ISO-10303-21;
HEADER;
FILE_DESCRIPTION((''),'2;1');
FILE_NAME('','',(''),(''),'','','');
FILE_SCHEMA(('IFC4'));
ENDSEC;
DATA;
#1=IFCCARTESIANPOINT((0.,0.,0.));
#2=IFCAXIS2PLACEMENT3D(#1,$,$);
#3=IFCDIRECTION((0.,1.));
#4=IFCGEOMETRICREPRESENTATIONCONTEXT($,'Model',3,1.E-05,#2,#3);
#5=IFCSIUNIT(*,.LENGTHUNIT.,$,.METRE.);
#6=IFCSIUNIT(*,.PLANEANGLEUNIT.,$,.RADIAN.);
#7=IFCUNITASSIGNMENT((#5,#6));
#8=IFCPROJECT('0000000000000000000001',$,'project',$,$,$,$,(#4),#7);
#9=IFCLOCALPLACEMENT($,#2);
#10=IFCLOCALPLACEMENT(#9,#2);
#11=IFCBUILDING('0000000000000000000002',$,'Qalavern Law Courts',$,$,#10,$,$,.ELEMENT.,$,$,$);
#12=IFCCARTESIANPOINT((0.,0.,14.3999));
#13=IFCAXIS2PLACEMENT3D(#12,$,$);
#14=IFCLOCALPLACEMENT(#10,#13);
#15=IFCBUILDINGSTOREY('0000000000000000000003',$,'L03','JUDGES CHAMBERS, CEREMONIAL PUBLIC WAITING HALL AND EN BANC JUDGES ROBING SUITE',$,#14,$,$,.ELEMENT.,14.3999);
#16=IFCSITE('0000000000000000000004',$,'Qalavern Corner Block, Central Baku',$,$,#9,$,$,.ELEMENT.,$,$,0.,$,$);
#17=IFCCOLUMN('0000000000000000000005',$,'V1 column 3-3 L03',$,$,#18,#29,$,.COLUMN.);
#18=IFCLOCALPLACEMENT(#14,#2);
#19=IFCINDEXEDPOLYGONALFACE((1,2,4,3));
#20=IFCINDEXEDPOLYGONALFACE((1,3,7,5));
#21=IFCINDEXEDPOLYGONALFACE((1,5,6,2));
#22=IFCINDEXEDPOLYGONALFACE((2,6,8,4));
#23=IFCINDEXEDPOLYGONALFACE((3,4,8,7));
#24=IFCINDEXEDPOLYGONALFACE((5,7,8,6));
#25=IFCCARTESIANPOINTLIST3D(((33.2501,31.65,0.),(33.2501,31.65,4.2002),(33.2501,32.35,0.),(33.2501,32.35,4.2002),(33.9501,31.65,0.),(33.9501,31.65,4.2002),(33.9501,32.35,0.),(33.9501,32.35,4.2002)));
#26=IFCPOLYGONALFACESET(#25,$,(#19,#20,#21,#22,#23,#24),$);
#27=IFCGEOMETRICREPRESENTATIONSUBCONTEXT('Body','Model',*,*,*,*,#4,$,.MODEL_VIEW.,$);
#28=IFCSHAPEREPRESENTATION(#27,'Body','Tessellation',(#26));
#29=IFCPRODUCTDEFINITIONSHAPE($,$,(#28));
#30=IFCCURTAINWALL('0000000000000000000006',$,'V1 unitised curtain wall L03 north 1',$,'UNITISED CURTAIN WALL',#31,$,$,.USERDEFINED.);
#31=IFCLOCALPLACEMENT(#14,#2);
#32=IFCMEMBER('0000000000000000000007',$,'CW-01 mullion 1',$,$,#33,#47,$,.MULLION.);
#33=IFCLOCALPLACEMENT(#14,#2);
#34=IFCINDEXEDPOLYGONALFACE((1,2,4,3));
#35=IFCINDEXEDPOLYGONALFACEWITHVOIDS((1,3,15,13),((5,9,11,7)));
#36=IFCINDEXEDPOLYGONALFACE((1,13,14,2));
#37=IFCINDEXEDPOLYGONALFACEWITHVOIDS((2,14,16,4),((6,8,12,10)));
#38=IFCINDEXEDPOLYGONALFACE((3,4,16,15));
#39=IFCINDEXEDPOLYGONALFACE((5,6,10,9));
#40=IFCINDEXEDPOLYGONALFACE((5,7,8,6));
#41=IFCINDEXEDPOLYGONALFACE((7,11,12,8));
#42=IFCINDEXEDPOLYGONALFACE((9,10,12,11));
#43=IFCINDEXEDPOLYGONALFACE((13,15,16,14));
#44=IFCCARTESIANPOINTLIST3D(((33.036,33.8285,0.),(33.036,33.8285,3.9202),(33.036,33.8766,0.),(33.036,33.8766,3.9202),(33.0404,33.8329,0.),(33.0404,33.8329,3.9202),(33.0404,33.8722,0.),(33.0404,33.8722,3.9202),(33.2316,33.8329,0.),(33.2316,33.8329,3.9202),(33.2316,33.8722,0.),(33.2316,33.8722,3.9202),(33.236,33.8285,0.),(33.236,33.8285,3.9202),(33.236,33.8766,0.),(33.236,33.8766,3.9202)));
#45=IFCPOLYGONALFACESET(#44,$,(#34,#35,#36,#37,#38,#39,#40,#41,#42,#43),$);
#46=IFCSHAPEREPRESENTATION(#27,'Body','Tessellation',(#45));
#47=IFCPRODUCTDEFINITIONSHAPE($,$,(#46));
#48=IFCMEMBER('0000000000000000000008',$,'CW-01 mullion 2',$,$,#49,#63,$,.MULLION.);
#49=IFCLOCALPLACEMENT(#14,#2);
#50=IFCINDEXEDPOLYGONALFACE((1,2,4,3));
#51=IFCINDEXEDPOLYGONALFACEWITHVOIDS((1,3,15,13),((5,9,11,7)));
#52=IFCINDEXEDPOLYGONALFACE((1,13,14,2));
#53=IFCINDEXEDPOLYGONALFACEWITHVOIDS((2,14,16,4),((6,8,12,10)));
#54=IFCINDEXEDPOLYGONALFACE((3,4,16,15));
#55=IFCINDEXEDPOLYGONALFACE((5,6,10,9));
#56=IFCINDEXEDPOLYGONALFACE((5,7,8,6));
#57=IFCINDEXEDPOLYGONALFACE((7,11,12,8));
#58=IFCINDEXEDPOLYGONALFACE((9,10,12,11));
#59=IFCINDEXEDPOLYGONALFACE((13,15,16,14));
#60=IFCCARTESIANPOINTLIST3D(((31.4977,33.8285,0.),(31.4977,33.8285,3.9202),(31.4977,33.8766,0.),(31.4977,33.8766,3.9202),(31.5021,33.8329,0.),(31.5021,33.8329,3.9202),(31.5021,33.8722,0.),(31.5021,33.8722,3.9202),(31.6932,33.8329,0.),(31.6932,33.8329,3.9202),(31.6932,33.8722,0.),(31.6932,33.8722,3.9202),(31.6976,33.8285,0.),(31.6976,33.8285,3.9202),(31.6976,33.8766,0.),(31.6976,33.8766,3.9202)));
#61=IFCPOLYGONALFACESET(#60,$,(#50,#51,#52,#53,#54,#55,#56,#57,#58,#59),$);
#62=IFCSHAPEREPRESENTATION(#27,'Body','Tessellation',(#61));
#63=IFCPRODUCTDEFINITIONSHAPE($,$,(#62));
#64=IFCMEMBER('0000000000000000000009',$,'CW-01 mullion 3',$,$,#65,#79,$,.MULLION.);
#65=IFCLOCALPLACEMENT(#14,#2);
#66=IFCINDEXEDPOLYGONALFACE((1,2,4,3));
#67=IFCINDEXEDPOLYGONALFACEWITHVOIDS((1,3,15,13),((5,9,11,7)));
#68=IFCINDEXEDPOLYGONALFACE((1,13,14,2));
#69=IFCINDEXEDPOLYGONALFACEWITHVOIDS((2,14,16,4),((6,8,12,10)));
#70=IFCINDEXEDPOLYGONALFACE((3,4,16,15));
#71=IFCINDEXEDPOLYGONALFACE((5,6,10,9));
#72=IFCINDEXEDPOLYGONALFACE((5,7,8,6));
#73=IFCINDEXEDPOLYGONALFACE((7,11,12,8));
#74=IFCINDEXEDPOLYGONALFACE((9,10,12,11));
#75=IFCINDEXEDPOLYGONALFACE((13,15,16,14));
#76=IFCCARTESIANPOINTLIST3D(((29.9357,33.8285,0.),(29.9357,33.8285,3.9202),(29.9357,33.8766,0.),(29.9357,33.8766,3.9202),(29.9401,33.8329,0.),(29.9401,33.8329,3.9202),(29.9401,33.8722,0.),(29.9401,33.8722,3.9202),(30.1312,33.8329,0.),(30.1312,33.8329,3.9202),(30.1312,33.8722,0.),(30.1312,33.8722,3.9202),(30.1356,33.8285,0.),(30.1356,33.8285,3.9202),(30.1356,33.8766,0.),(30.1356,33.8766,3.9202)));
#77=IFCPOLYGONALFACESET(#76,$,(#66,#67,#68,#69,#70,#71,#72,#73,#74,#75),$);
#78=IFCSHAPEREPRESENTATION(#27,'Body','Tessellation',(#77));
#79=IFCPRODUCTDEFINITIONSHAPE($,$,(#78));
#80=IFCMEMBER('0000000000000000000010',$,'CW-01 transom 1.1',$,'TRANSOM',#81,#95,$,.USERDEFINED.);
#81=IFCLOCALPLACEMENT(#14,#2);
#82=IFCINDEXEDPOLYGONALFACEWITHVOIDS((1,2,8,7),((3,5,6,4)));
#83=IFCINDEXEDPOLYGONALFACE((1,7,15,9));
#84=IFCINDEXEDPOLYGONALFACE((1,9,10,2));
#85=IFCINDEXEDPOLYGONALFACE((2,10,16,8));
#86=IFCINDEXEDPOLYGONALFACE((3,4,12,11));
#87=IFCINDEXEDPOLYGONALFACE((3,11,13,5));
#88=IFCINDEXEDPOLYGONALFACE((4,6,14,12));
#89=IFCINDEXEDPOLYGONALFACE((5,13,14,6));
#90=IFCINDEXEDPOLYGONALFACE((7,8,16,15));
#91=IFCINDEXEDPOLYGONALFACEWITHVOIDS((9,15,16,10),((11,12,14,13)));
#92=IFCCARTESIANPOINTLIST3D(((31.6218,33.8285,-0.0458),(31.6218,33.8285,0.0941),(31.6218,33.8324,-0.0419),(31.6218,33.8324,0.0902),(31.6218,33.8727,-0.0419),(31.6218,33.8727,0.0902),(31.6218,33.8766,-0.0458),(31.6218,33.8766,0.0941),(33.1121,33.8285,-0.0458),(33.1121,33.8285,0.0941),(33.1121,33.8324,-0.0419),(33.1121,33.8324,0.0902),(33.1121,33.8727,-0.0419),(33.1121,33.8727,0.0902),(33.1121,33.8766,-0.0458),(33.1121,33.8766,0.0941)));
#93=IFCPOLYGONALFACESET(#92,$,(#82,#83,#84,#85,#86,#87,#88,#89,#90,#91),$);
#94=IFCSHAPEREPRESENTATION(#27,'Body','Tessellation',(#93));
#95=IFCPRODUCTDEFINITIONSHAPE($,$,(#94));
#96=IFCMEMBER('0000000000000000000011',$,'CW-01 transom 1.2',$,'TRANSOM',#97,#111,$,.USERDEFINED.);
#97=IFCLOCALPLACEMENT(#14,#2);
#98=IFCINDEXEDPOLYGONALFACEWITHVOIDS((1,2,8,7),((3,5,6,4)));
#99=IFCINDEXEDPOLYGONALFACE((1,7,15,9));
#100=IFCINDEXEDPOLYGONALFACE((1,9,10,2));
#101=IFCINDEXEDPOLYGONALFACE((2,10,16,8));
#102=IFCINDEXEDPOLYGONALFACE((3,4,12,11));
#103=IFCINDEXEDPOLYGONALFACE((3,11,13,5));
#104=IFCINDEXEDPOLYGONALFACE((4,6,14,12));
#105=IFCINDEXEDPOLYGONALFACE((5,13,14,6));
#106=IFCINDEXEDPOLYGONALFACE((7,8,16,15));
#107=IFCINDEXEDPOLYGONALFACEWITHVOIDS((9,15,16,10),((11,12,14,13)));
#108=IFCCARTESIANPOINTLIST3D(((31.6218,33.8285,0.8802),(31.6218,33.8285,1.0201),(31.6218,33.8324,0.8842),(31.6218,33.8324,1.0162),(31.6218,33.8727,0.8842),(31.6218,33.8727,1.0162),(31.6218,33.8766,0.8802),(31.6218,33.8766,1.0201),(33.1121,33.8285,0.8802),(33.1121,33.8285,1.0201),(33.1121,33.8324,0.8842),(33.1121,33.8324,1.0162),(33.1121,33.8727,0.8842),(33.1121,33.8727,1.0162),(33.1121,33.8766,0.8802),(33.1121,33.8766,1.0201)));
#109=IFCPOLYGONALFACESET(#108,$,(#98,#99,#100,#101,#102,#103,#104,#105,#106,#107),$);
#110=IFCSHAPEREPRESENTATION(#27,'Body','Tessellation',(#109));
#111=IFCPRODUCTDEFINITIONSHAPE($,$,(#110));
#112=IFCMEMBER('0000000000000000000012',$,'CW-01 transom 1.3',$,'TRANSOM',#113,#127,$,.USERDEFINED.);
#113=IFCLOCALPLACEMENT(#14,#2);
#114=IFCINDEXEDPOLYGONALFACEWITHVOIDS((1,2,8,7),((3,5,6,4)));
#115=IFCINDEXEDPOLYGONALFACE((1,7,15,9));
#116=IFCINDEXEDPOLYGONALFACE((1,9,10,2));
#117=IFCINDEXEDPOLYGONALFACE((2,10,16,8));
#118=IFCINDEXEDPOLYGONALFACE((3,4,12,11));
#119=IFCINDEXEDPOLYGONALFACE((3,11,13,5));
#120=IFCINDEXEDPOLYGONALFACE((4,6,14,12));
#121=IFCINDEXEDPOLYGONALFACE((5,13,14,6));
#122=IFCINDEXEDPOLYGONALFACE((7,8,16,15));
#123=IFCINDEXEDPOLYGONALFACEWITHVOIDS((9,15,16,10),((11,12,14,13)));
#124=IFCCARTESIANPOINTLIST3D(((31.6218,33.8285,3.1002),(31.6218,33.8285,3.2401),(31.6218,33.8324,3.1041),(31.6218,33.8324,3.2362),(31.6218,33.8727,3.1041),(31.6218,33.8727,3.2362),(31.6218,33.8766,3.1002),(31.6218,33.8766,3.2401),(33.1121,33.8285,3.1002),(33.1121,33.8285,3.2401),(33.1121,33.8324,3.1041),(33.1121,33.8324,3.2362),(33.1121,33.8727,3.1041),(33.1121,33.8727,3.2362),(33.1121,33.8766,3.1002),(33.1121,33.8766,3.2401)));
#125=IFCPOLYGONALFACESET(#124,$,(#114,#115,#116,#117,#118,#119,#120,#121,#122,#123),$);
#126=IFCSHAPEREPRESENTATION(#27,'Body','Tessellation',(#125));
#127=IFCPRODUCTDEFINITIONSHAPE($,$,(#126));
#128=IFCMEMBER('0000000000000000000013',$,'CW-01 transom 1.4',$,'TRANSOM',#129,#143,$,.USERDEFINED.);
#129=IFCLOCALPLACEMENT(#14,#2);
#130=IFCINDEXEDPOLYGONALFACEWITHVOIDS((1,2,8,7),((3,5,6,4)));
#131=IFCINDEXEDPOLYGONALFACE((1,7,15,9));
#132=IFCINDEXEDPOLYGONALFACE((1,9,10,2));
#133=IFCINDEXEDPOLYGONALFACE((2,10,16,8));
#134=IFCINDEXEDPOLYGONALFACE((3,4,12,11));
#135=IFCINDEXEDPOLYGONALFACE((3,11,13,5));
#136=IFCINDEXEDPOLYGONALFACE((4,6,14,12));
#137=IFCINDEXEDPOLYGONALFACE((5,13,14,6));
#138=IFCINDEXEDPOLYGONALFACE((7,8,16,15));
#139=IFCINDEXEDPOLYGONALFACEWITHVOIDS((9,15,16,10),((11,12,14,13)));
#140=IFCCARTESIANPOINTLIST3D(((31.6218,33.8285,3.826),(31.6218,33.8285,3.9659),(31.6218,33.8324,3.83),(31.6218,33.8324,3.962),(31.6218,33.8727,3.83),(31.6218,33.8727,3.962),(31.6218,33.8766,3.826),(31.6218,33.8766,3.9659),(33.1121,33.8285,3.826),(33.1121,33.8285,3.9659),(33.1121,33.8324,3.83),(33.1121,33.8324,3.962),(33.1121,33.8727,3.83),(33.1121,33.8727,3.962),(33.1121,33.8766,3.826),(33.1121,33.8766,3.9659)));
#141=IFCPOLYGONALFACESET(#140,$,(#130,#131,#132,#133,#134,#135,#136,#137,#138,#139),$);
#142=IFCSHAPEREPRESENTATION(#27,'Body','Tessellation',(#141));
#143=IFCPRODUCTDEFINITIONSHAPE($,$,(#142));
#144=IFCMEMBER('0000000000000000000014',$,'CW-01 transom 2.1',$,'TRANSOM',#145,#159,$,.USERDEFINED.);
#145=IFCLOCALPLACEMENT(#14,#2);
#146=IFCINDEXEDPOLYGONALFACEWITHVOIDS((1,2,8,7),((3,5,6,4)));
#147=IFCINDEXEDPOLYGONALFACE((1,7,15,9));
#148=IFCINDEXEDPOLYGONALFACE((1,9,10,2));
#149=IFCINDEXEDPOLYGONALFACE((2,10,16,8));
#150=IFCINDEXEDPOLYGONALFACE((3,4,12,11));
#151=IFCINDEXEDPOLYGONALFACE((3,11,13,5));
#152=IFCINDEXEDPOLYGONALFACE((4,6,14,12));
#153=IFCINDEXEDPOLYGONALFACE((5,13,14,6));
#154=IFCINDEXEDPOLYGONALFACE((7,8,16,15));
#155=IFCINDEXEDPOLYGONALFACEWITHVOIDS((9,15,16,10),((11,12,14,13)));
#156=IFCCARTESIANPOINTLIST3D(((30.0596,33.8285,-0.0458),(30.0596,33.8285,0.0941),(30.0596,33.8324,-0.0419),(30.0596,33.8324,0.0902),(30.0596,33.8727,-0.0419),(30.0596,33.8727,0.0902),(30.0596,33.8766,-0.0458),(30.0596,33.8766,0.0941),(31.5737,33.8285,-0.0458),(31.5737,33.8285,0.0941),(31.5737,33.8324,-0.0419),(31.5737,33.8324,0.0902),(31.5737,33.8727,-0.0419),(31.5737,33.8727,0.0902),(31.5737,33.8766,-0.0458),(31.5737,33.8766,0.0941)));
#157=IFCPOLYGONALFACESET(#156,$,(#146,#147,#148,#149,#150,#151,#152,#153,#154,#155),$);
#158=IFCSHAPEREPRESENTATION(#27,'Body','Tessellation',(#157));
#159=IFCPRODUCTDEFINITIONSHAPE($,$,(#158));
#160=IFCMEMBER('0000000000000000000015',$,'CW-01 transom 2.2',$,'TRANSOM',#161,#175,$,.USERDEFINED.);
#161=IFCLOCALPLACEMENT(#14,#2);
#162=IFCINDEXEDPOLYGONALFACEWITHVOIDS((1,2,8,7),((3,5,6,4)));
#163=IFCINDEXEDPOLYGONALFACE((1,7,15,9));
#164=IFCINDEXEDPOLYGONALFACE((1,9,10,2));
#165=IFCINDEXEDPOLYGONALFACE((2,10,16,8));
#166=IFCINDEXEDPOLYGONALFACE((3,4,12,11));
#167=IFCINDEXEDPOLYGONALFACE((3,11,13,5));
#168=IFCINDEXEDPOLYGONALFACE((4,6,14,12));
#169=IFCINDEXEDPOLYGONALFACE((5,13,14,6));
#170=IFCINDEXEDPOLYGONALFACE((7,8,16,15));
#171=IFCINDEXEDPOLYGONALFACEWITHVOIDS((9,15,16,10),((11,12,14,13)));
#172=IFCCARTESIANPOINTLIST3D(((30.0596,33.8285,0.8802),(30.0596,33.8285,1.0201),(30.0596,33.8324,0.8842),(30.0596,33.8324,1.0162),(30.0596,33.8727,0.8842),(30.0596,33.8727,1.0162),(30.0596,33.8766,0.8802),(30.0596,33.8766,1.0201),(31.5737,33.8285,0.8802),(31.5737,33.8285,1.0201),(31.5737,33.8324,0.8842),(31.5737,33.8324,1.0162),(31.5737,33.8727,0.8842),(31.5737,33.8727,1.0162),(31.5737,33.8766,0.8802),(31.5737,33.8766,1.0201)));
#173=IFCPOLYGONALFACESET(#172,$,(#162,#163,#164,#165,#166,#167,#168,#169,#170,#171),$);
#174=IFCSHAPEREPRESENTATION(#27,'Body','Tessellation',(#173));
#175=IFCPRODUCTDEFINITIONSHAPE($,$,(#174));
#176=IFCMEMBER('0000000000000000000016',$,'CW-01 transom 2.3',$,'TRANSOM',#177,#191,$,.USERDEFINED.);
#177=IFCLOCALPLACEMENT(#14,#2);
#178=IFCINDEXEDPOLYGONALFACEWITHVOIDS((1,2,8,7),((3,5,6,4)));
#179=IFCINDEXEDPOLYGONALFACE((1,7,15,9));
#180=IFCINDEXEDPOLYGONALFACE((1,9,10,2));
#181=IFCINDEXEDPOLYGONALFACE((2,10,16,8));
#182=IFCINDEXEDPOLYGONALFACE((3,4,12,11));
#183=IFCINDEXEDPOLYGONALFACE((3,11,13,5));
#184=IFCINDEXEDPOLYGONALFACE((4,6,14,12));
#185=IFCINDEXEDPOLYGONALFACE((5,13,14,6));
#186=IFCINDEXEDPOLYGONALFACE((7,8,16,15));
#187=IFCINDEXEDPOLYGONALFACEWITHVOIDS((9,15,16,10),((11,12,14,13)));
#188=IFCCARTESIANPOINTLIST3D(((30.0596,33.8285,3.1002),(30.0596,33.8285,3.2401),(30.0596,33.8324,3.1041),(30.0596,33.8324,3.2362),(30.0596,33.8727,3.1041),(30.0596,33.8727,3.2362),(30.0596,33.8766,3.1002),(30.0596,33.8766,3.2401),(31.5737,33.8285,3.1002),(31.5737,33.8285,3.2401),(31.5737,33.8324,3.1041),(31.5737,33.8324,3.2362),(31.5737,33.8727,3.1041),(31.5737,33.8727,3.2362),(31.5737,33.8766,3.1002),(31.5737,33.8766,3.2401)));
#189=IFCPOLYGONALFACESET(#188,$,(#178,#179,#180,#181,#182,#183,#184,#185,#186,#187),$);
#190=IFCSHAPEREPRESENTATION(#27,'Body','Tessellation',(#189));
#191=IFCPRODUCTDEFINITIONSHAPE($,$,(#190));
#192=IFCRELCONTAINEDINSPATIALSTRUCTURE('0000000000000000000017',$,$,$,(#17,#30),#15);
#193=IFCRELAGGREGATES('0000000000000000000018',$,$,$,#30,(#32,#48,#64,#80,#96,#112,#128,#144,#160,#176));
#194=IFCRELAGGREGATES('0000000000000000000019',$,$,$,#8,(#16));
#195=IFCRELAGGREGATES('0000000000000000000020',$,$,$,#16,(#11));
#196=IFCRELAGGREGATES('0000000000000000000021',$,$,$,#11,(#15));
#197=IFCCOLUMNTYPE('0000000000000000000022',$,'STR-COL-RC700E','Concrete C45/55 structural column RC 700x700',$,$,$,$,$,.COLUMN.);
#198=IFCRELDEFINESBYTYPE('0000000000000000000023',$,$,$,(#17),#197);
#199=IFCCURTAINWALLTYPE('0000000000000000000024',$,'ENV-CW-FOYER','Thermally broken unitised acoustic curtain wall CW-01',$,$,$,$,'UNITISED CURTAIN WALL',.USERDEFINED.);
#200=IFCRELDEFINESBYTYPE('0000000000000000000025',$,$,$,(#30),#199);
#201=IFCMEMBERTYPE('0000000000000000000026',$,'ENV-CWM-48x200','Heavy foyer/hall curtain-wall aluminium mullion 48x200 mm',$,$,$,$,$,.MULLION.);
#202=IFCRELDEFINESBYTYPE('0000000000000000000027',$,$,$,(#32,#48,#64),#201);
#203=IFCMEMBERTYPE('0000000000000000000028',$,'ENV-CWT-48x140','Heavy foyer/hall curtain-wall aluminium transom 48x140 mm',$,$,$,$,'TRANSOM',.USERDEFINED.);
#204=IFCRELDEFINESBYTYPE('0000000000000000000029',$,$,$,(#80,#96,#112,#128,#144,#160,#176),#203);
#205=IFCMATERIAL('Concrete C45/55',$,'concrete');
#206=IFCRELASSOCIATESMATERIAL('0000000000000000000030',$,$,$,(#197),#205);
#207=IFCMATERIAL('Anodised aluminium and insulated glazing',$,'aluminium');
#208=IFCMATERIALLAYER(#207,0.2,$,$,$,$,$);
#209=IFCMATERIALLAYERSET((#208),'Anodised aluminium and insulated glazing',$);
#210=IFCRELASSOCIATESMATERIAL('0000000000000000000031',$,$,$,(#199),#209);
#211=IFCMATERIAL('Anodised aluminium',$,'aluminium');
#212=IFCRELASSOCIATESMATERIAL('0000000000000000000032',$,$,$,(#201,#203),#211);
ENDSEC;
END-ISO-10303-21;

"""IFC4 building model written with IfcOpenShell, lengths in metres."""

from ifc_helpers import new_model, si_unit, direction, frame, origin, origin_2d, place, context, subcontext, project, spatial, rectangle, hollow_rectangle, extrude, material, layer, layer_set, material_profile, profile_set, type_object, element, aggregate, save


model = new_model("IFC4")

# Units and contexts
model_context = context("Model", 3, precision=1e-05, world=origin(), true_north=direction((0.0, 1.0)))
body_context = subcontext(model_context, "Body", "Model", "MODEL_VIEW")
ifc_project = project(units=[si_unit("LENGTHUNIT", "METRE"), si_unit("PLANEANGLEUNIT", "RADIAN")], contexts=[model_context])

# Site, building, storey
site_placement = place(None, origin())
site = spatial("IfcSite", under=ifc_project, at=site_placement, Name="Qalavern Corner Block, Central Baku", CompositionType="ELEMENT", RefElevation=0.0)
building_placement = place(site_placement, origin())
building = spatial("IfcBuilding", under=site, at=building_placement, Name="Qalavern Law Courts", CompositionType="ELEMENT")
storey_placement = place(building_placement, frame((0.0, 0.0, 14.3999)))
storey = spatial("IfcBuildingStorey", under=building, at=storey_placement, Name="L03", Description="JUDGES CHAMBERS, CEREMONIAL PUBLIC WAITING HALL AND EN BANC JUDGES ROBING SUITE", CompositionType="ELEMENT", Elevation=14.3999)

# Column
ifc_material_1 = material(Name="Concrete C45/55", Category="concrete")
ifc_material_profile_1 = material_profile(ifc_material_1, rectangle(XDim=0.7, YDim=0.7, at=origin_2d()), Name="RC 700x700")
ifc_profile_set_1 = profile_set([ifc_material_profile_1], Name="Concrete C45/55")
column_type = type_object("IfcColumnType", Name="STR-COL-RC700E", Description="Concrete C45/55 structural column RC 700x700", PredefinedType="COLUMN", material=ifc_profile_set_1)
column_placement = place(storey_placement, frame((33.6001, 32.0, 0.0), z_axis=(0.0, 0.0, 1.0), x_axis=(1.0, 0.0, 0.0)))
element("IfcColumn", 1, at=column_placement, inside=storey, type_object=column_type, Name="V1 column 3-3 L03", PredefinedType="COLUMN", context=body_context, shape_type="SweptSolid", body=[
    extrude(rectangle(XDim=0.7, YDim=0.7, at=origin_2d()), origin(), (0.0, 0.0, 1.0), 4.2002),
])

# Curtain wall, members
ifc_material_2 = material(Name="Anodised aluminium and insulated glazing", Category="aluminium")
ifc_layer_1 = layer(ifc_material_2, 0.2)
ifc_layer_set_1 = layer_set([ifc_layer_1], Name="Anodised aluminium and insulated glazing")
curtain_wall_type = type_object("IfcCurtainWallType", Name="ENV-CW-FOYER", Description="Thermally broken unitised acoustic curtain wall CW-01", ElementType="UNITISED CURTAIN WALL", PredefinedType="USERDEFINED", material=ifc_layer_set_1)
curtain_wall_placement = place(storey_placement, origin())
curtain_wall = element("IfcCurtainWall", 2, at=curtain_wall_placement, inside=storey, type_object=curtain_wall_type, Name="V1 unitised curtain wall L03 north 1", ObjectType="UNITISED CURTAIN WALL", PredefinedType="USERDEFINED")
ifc_material_3 = material(Name="Anodised aluminium", Category="aluminium")
ifc_material_profile_2 = material_profile(ifc_material_3, hollow_rectangle(XDim=0.0481, YDim=0.2, WallThickness=0.0044, at=origin_2d()), Name="ALU MULLION 48x200")
ifc_profile_set_2 = profile_set([ifc_material_profile_2], Name="Anodised aluminium")
member_type_1 = type_object("IfcMemberType", Name="ENV-CWM-48x200", Description="Heavy foyer/hall curtain-wall aluminium mullion 48x200 mm", PredefinedType="MULLION", material=ifc_profile_set_2)
member_1_placement = place(storey_placement, frame((33.136, 33.8525, 0.0), z_axis=(0.0, 0.0, 1.0), x_axis=(0.0, -1.0, 0.0)))
member_1 = element("IfcMember", 3, at=member_1_placement, type_object=member_type_1, Name="CW-01 mullion 1", PredefinedType="MULLION", context=body_context, shape_type="SweptSolid", body=[
    extrude(hollow_rectangle(XDim=0.0481, YDim=0.2, WallThickness=0.0044, at=origin_2d()), origin(), (0.0, 0.0, 1.0), 3.9202),
])
member_2_placement = place(storey_placement, frame((31.5977, 33.8525, 0.0), z_axis=(0.0, 0.0, 1.0), x_axis=(0.0, -1.0, 0.0)))
member_2 = element("IfcMember", 4, at=member_2_placement, type_object=member_type_1, Name="CW-01 mullion 2", PredefinedType="MULLION", context=body_context, shape_type="SweptSolid", body=[
    extrude(hollow_rectangle(XDim=0.0481, YDim=0.2, WallThickness=0.0044, at=origin_2d()), origin(), (0.0, 0.0, 1.0), 3.9202),
])
member_3_placement = place(storey_placement, frame((30.0356, 33.8525, 0.0), z_axis=(0.0, 0.0, 1.0), x_axis=(0.0, -1.0, 0.0)))
member_3 = element("IfcMember", 5, at=member_3_placement, type_object=member_type_1, Name="CW-01 mullion 3", PredefinedType="MULLION", context=body_context, shape_type="SweptSolid", body=[
    extrude(hollow_rectangle(XDim=0.0481, YDim=0.2, WallThickness=0.0044, at=origin_2d()), origin(), (0.0, 0.0, 1.0), 3.9202),
])
ifc_material_profile_3 = material_profile(ifc_material_3, hollow_rectangle(XDim=0.0481, YDim=0.1399, WallThickness=0.0039, at=origin_2d()), Name="ALU TRANSOM 48x140")
ifc_profile_set_3 = profile_set([ifc_material_profile_3], Name="Anodised aluminium")
member_type_2 = type_object("IfcMemberType", Name="ENV-CWT-48x140", Description="Heavy foyer/hall curtain-wall aluminium transom 48x140 mm", ElementType="TRANSOM", PredefinedType="USERDEFINED", material=ifc_profile_set_3)
member_4_placement = place(storey_placement, frame((33.1121, 33.8525, 0.0242), z_axis=(-1.0, 0.0, 0.0), x_axis=(0.0, -1.0, 0.0)))
member_4 = element("IfcMember", 6, at=member_4_placement, type_object=member_type_2, Name="CW-01 transom 1.1", ObjectType="TRANSOM", PredefinedType="USERDEFINED", context=body_context, shape_type="SweptSolid", body=[
    extrude(hollow_rectangle(XDim=0.0481, YDim=0.1399, WallThickness=0.0039, at=origin_2d()), origin(), (0.0, 0.0, 1.0), 1.4902),
])
member_5_placement = place(storey_placement, frame((33.1121, 33.8525, 0.9502), z_axis=(-1.0, 0.0, 0.0), x_axis=(0.0, -1.0, 0.0)))
member_5 = element("IfcMember", 7, at=member_5_placement, type_object=member_type_2, Name="CW-01 transom 1.2", ObjectType="TRANSOM", PredefinedType="USERDEFINED", context=body_context, shape_type="SweptSolid", body=[
    extrude(hollow_rectangle(XDim=0.0481, YDim=0.1399, WallThickness=0.0039, at=origin_2d()), origin(), (0.0, 0.0, 1.0), 1.4902),
])
member_6_placement = place(storey_placement, frame((33.1121, 33.8525, 3.1702), z_axis=(-1.0, 0.0, 0.0), x_axis=(0.0, -1.0, 0.0)))
member_6 = element("IfcMember", 8, at=member_6_placement, type_object=member_type_2, Name="CW-01 transom 1.3", ObjectType="TRANSOM", PredefinedType="USERDEFINED", context=body_context, shape_type="SweptSolid", body=[
    extrude(hollow_rectangle(XDim=0.0481, YDim=0.1399, WallThickness=0.0039, at=origin_2d()), origin(), (0.0, 0.0, 1.0), 1.4902),
])
member_7_placement = place(storey_placement, frame((33.1121, 33.8525, 3.896), z_axis=(-1.0, 0.0, 0.0), x_axis=(0.0, -1.0, 0.0)))
member_7 = element("IfcMember", 9, at=member_7_placement, type_object=member_type_2, Name="CW-01 transom 1.4", ObjectType="TRANSOM", PredefinedType="USERDEFINED", context=body_context, shape_type="SweptSolid", body=[
    extrude(hollow_rectangle(XDim=0.0481, YDim=0.1399, WallThickness=0.0039, at=origin_2d()), origin(), (0.0, 0.0, 1.0), 1.4902),
])
member_8_placement = place(storey_placement, frame((31.5737, 33.8525, 0.0242), z_axis=(-1.0, 0.0, 0.0), x_axis=(0.0, -1.0, 0.0)))
member_8 = element("IfcMember", 10, at=member_8_placement, type_object=member_type_2, Name="CW-01 transom 2.1", ObjectType="TRANSOM", PredefinedType="USERDEFINED", context=body_context, shape_type="SweptSolid", body=[
    extrude(hollow_rectangle(XDim=0.0481, YDim=0.1399, WallThickness=0.0039, at=origin_2d()), origin(), (0.0, 0.0, 1.0), 1.5142),
])
member_9_placement = place(storey_placement, frame((31.5737, 33.8525, 0.9502), z_axis=(-1.0, 0.0, 0.0), x_axis=(0.0, -1.0, 0.0)))
member_9 = element("IfcMember", 11, at=member_9_placement, type_object=member_type_2, Name="CW-01 transom 2.2", ObjectType="TRANSOM", PredefinedType="USERDEFINED", context=body_context, shape_type="SweptSolid", body=[
    extrude(hollow_rectangle(XDim=0.0481, YDim=0.1399, WallThickness=0.0039, at=origin_2d()), origin(), (0.0, 0.0, 1.0), 1.5142),
])
member_10_placement = place(storey_placement, frame((31.5737, 33.8525, 3.1702), z_axis=(-1.0, 0.0, 0.0), x_axis=(0.0, -1.0, 0.0)))
member_10 = element("IfcMember", 12, at=member_10_placement, type_object=member_type_2, Name="CW-01 transom 2.3", ObjectType="TRANSOM", PredefinedType="USERDEFINED", context=body_context, shape_type="SweptSolid", body=[
    extrude(hollow_rectangle(XDim=0.0481, YDim=0.1399, WallThickness=0.0039, at=origin_2d()), origin(), (0.0, 0.0, 1.0), 1.5142),
])

aggregate(curtain_wall, [member_1, member_2, member_3, member_4, member_5, member_6, member_7, member_8, member_9, member_10])

save(model, "model.ifc")
